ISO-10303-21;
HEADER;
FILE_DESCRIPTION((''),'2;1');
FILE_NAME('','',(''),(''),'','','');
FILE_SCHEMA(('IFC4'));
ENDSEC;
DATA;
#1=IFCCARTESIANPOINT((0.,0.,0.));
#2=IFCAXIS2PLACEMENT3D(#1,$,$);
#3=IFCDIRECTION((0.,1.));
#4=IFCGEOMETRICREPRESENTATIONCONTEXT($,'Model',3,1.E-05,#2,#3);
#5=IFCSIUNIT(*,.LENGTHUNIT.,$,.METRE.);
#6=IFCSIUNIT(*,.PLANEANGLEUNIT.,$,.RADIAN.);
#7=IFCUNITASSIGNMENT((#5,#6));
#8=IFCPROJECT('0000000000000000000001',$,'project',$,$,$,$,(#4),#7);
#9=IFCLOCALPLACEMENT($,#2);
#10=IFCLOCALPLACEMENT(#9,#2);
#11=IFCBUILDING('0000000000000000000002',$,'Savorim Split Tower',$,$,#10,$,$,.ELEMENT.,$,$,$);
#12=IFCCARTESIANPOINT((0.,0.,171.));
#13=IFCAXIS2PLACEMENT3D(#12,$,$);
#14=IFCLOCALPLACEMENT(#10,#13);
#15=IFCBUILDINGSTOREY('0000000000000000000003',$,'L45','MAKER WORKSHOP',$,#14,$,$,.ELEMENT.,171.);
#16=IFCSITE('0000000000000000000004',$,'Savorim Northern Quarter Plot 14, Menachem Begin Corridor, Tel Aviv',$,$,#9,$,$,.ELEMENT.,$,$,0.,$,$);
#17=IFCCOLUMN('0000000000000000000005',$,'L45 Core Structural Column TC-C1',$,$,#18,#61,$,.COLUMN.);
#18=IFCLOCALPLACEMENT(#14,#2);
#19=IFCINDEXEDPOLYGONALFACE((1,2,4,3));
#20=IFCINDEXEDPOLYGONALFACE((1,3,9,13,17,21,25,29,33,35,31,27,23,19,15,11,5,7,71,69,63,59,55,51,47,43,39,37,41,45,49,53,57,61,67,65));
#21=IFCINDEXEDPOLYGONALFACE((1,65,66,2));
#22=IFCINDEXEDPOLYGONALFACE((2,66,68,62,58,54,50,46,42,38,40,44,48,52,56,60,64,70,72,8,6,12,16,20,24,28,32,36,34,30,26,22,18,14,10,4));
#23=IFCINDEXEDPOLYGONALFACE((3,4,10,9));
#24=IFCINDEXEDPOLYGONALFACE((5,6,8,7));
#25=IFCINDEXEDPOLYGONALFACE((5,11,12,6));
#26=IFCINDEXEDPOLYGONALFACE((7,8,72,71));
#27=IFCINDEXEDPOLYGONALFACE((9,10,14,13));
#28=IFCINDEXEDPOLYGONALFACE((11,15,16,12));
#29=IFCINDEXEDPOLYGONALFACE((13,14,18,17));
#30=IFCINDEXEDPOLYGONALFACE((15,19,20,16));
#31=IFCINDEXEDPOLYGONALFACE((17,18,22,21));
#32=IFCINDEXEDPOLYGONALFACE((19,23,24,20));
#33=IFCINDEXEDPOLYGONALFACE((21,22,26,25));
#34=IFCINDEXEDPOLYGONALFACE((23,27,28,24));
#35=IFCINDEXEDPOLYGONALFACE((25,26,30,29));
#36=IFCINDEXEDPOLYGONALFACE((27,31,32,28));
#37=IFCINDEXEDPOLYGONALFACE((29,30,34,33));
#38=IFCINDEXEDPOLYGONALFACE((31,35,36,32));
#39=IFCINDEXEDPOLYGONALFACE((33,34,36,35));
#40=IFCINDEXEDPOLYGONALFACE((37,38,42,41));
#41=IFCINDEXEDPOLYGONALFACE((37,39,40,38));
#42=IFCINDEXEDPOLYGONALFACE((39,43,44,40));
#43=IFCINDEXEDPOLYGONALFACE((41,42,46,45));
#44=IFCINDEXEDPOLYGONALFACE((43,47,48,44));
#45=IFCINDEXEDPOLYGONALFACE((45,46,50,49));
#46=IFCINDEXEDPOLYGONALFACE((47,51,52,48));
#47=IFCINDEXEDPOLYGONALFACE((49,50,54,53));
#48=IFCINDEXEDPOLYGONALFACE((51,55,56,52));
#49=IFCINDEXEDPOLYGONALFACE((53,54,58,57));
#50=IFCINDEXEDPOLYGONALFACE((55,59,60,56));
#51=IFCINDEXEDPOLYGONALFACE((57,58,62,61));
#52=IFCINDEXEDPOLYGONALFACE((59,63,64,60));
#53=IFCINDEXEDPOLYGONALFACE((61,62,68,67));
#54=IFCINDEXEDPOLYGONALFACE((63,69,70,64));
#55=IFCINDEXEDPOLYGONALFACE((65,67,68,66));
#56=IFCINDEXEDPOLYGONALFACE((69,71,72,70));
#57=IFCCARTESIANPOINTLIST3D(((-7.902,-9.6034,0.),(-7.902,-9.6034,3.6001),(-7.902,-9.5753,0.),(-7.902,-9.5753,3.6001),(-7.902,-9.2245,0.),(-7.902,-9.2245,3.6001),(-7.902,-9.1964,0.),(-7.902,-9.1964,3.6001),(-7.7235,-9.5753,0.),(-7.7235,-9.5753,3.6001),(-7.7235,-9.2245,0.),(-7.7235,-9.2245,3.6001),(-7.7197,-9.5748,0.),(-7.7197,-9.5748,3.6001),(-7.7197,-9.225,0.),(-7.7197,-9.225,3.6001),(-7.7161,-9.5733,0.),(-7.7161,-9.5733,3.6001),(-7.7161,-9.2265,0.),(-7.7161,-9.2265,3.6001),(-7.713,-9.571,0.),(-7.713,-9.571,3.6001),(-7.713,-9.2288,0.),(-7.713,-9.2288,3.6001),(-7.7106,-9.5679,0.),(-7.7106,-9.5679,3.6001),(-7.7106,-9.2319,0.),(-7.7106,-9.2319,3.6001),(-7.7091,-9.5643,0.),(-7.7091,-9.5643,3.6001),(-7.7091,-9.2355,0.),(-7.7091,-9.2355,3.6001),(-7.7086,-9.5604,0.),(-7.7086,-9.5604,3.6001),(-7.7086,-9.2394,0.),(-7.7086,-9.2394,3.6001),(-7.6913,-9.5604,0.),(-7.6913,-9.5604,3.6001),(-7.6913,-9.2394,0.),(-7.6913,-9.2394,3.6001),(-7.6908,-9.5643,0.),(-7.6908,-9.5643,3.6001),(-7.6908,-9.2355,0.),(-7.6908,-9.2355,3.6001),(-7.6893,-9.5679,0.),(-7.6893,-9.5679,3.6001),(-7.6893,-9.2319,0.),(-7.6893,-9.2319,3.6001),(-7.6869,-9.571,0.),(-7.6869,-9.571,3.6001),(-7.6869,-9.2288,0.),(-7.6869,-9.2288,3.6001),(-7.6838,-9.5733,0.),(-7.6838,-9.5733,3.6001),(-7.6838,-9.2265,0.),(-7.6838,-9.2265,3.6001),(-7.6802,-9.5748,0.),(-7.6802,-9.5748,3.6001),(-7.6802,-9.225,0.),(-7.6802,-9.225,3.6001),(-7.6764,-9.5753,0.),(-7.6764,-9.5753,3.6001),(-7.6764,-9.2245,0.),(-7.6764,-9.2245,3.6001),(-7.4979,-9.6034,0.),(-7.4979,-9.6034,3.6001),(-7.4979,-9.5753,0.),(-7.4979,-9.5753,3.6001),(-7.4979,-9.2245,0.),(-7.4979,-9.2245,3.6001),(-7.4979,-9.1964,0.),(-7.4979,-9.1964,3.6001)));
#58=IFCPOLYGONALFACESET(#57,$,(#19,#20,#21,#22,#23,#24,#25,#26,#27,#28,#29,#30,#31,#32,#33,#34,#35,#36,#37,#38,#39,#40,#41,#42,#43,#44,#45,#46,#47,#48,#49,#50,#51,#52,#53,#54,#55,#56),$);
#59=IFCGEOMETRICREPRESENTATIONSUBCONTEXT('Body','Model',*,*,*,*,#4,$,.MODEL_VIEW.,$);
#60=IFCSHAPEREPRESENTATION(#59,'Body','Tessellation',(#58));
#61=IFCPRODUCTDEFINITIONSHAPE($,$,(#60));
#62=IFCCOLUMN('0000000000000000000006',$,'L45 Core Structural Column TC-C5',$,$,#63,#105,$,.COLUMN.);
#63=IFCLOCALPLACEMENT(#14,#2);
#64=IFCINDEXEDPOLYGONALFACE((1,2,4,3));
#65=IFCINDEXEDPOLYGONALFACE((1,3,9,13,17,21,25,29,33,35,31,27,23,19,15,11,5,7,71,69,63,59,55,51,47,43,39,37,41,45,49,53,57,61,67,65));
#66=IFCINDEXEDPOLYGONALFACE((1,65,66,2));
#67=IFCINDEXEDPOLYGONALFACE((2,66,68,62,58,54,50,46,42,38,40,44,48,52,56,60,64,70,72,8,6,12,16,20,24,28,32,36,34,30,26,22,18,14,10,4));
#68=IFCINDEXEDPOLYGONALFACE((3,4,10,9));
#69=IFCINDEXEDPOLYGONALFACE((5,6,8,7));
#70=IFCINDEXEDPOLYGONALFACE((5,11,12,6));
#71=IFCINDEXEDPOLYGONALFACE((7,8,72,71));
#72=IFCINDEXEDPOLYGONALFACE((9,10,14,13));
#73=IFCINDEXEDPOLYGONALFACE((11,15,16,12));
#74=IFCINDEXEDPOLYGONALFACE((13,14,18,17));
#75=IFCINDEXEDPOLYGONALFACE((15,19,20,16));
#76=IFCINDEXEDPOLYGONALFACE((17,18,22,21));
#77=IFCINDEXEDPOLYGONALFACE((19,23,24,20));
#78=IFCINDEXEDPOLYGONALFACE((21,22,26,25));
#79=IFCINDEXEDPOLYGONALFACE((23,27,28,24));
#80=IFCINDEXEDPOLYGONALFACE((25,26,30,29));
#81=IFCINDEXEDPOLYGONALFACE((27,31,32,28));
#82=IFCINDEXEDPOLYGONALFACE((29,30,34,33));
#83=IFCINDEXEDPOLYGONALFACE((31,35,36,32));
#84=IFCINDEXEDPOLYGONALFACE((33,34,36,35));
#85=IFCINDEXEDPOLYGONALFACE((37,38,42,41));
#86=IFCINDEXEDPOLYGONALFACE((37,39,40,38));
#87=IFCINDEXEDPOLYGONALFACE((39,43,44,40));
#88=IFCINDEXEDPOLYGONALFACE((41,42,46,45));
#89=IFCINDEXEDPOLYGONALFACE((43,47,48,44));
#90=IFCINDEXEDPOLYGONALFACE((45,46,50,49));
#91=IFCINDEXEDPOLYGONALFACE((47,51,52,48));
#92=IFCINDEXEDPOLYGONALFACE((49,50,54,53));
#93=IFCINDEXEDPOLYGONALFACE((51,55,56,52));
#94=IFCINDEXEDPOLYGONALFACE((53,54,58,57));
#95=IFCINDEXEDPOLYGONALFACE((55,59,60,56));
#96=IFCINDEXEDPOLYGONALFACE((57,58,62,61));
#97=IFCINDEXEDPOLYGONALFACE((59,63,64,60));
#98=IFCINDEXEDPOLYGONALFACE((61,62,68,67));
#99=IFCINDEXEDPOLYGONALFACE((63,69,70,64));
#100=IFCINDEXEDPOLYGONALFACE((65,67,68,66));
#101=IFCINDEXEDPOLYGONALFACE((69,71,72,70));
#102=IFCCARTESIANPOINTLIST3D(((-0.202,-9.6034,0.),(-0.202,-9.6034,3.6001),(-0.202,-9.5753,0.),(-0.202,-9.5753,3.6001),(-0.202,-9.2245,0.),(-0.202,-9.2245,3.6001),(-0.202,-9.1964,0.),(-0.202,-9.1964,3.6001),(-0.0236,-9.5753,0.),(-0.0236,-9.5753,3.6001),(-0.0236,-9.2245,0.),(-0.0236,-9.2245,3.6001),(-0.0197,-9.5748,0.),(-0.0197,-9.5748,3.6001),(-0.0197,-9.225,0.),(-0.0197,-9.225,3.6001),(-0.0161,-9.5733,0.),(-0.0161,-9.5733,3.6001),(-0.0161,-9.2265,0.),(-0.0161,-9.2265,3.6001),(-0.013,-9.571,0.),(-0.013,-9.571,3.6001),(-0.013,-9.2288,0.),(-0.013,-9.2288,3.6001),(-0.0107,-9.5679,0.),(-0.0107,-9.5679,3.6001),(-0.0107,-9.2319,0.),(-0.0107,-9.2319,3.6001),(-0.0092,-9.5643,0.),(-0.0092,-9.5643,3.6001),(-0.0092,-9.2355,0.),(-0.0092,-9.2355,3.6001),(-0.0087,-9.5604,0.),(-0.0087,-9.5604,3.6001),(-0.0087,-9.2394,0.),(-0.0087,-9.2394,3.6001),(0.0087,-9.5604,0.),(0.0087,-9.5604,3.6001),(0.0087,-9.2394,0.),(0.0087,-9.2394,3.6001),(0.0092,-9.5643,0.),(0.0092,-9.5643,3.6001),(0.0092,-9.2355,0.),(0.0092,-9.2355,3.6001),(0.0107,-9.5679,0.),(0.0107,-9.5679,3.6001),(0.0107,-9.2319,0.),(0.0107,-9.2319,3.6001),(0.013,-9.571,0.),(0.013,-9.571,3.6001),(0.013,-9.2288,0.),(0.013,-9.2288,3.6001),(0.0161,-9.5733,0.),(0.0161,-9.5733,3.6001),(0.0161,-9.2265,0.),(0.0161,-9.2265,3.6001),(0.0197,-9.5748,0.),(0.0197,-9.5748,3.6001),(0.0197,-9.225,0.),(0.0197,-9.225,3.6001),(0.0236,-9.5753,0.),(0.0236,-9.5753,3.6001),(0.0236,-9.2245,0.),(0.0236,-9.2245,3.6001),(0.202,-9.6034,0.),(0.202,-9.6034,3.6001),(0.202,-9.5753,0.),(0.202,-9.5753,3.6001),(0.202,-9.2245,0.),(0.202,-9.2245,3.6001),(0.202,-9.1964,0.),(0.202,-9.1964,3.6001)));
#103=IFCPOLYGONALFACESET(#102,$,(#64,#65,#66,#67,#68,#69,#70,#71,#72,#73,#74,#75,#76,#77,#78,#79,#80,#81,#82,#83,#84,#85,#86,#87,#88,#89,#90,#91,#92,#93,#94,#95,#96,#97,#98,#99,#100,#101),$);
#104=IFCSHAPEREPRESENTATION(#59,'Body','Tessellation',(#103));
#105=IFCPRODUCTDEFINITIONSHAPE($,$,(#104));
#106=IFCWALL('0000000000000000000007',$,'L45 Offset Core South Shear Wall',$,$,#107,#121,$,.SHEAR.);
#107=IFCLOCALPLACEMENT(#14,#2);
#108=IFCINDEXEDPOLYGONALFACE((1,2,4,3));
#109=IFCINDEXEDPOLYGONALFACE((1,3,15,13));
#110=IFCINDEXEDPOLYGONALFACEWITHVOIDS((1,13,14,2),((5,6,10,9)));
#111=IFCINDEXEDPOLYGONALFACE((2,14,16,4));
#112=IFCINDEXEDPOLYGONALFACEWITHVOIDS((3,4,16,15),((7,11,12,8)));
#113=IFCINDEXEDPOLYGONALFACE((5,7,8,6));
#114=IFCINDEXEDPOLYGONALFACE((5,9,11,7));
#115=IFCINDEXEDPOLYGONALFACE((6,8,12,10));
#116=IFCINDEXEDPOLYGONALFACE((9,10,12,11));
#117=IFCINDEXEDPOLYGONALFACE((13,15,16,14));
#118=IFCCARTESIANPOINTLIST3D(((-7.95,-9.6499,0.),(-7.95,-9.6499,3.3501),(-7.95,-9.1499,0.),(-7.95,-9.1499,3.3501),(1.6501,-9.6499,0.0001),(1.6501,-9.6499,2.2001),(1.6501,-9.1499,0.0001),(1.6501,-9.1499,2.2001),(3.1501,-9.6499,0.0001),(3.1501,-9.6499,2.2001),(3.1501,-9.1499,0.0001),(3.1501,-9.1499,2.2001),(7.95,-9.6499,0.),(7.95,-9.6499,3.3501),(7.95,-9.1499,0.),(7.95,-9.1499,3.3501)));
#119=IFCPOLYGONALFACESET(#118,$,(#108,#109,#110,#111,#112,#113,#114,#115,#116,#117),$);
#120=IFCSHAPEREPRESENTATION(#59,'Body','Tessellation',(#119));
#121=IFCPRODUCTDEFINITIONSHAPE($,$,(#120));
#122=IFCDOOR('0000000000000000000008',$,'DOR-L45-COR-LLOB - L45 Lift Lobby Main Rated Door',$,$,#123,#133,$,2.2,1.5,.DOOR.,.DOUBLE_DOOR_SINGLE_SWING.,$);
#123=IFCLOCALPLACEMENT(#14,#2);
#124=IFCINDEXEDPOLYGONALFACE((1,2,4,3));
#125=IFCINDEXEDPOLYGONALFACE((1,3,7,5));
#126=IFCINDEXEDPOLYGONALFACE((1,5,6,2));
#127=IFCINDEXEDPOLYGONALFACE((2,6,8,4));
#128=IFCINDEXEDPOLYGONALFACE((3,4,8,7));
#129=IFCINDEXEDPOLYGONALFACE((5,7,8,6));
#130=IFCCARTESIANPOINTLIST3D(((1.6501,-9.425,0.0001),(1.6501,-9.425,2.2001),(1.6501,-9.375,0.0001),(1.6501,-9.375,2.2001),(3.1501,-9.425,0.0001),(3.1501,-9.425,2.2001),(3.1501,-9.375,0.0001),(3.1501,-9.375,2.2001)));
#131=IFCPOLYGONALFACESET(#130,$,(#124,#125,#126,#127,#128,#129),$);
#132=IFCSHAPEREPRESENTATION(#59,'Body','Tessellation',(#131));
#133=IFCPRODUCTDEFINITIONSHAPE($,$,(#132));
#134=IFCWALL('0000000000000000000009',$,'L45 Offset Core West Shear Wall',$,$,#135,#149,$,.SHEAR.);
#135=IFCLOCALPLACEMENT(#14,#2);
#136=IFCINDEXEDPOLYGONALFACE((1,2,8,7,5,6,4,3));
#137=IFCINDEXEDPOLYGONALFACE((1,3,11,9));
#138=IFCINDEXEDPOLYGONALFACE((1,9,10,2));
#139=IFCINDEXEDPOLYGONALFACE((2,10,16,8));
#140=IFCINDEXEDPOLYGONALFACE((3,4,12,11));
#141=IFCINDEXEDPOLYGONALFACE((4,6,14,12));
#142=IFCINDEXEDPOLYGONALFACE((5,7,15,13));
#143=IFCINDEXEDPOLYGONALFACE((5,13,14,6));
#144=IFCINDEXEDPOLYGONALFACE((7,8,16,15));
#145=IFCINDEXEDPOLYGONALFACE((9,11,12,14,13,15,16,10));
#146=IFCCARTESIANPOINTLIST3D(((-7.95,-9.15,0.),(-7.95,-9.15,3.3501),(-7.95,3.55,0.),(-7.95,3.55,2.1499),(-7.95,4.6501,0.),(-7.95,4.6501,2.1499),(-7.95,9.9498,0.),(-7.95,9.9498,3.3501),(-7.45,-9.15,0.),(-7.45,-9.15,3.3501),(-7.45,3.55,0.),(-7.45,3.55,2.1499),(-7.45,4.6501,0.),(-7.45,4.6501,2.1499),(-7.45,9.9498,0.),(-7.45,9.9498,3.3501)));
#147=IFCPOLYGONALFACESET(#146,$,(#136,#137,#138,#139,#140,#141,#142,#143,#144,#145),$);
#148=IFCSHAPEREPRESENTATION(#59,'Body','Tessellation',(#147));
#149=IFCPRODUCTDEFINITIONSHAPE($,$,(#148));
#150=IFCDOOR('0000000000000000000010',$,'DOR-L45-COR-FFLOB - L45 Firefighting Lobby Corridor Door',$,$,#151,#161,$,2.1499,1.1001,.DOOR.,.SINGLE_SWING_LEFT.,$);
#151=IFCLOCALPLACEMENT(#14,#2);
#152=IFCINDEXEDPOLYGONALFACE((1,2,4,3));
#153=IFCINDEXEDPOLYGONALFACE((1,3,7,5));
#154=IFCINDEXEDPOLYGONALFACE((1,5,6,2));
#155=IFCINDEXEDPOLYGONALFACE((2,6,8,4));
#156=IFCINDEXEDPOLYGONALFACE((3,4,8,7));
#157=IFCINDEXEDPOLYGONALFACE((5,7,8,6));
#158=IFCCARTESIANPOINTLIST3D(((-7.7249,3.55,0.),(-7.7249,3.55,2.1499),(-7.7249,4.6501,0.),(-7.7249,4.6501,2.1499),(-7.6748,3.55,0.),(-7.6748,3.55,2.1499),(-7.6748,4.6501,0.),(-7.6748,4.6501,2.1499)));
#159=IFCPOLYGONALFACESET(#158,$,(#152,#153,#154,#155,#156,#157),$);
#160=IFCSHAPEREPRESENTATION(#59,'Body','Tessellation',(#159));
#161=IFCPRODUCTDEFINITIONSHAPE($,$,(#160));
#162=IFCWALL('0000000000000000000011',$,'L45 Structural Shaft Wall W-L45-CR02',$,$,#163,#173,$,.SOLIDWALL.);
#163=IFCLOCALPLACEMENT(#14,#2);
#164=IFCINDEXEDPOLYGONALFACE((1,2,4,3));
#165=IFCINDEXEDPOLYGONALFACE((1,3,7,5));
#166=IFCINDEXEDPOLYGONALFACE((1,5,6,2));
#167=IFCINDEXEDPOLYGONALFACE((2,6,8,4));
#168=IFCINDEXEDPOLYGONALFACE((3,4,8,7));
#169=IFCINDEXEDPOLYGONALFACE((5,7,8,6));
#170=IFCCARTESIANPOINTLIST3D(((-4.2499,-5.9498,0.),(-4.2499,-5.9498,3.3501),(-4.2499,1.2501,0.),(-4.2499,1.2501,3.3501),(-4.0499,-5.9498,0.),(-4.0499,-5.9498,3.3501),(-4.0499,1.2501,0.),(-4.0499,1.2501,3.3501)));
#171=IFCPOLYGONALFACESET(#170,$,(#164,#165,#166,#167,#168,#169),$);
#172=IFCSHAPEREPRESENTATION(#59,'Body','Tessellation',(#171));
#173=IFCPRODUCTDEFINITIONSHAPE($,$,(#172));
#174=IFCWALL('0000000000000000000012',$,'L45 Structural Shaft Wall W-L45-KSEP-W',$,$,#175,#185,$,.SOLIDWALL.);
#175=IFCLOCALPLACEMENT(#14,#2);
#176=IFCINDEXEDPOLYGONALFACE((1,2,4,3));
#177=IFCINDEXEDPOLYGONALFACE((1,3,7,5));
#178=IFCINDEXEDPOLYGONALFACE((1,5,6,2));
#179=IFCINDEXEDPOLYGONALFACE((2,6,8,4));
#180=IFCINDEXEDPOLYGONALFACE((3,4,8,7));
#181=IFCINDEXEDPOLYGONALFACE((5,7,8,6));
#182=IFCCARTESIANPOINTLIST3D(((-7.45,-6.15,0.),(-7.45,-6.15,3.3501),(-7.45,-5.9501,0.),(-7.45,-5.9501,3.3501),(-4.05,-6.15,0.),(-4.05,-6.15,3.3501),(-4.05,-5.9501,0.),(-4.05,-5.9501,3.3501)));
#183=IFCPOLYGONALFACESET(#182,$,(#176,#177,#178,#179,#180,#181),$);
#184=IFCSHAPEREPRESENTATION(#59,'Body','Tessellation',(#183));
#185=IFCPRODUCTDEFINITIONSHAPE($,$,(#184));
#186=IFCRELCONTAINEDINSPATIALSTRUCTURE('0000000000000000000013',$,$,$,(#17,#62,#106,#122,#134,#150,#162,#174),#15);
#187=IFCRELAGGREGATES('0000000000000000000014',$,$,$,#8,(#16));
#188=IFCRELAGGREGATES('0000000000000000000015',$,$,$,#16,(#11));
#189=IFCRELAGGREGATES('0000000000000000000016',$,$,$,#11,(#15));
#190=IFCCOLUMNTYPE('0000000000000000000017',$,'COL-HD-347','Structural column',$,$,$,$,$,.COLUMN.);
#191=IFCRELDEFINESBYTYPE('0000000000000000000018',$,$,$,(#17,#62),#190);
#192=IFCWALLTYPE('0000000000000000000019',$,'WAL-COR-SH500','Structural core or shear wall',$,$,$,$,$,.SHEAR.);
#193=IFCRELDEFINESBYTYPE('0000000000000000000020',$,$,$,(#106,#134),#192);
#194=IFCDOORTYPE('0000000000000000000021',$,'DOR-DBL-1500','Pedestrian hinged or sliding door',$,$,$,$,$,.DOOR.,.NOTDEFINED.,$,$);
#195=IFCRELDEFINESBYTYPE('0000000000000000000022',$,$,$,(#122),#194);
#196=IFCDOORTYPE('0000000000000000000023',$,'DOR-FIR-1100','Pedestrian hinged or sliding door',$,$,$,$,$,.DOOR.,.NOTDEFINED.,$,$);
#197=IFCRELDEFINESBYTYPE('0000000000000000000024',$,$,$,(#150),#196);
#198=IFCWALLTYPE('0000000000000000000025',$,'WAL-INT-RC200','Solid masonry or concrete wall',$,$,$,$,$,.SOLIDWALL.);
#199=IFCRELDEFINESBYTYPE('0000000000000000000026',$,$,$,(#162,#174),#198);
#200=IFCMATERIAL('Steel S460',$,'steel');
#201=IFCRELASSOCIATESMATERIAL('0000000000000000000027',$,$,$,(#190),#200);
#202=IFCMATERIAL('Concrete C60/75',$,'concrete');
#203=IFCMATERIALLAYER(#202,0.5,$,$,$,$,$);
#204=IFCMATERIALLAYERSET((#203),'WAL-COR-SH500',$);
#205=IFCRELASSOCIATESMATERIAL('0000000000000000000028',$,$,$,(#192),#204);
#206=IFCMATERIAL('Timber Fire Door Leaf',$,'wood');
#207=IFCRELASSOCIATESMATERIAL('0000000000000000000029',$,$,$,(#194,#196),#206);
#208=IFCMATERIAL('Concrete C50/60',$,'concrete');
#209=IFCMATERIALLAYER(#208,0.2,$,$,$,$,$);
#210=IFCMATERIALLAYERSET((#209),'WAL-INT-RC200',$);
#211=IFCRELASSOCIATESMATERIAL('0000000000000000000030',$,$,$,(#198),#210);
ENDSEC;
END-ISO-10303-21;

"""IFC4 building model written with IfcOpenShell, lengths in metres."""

from ifc_helpers import new_model, si_unit, direction, frame, frame_2d, origin, origin_2d, place, context, subcontext, project, spatial, rectangle, i_section, extrude, material, layer, layer_set, material_profile, profile_set, type_object, element, fill, save


model = new_model("IFC4")

# Units and contexts
model_context = context("Model", 3, precision=1e-05, world=origin(), true_north=direction((0.0, 1.0)))
body_context = subcontext(model_context, "Body", "Model", "MODEL_VIEW")
ifc_project = project(units=[si_unit("LENGTHUNIT", "METRE"), si_unit("PLANEANGLEUNIT", "RADIAN")], contexts=[model_context])

# Site, building, storey
site_placement = place(None, origin())
site = spatial("IfcSite", under=ifc_project, at=site_placement, Name="Savorim Northern Quarter Plot 14, Menachem Begin Corridor, Tel Aviv", CompositionType="ELEMENT", RefElevation=0.0)
building_placement = place(site_placement, origin())
building = spatial("IfcBuilding", under=site, at=building_placement, Name="Savorim Split Tower", CompositionType="ELEMENT")
storey_placement = place(building_placement, frame((0.0, 0.0, 171.0)))
storey = spatial("IfcBuildingStorey", under=building, at=storey_placement, Name="L45", Description="MAKER WORKSHOP", CompositionType="ELEMENT", Elevation=171.0)

# Columns
ifc_material_1 = material(Name="Steel S460", Category="steel")
ifc_material_profile = material_profile(ifc_material_1, i_section(OverallWidth=0.4041, OverallDepth=0.407, WebThickness=0.0173, FlangeThickness=0.0281, FilletRadius=0.0149, at=origin_2d()), Name="HD 400x347")
ifc_profile_set = profile_set([ifc_material_profile], Name="Steel S460")
column_type = type_object("IfcColumnType", Name="COL-HD-347", Description="Structural column", PredefinedType="COLUMN", material=ifc_profile_set)
for number, where, z_axis, x_axis, name in (
    (1, (-7.7, -9.3999, 0.0), (0.0, 0.0, 1.0), (1.0, 0.0, 0.0), "L45 Core Structural Column TC-C1"),
    (2, (0.0, -9.3999, 0.0), (0.0, 0.0, 1.0), (1.0, 0.0, 0.0), "L45 Core Structural Column TC-C5"),
):
    element("IfcColumn", number, at=place(storey_placement, frame(where, z_axis=z_axis, x_axis=x_axis)), inside=storey, type_object=column_type, Name=name, PredefinedType="COLUMN", context=body_context, shape_type="SweptSolid", body=[
        extrude(i_section(OverallWidth=0.4041, OverallDepth=0.407, WebThickness=0.0173, FlangeThickness=0.0281, FilletRadius=0.0149, at=origin_2d()), origin(), (0.0, 0.0, 1.0), 3.6001),
    ])

# Walls, openings, doors
ifc_material_2 = material(Name="Concrete C60/75", Category="concrete")
ifc_layer_1 = layer(ifc_material_2, 0.5)
ifc_layer_set_1 = layer_set([ifc_layer_1], Name="WAL-COR-SH500")
wall_type_1 = type_object("IfcWallType", Name="WAL-COR-SH500", Description="Structural core or shear wall", PredefinedType="SHEAR", material=ifc_layer_set_1)
wall_1_placement = place(storey_placement, frame((-7.95, -9.3999, 0.0), z_axis=(0.0, 0.0, 1.0), x_axis=(1.0, 0.0, 0.0)))
wall_1 = element("IfcWall", 3, at=wall_1_placement, inside=storey, type_object=wall_type_1, Name="L45 Offset Core South Shear Wall", PredefinedType="SHEAR", context=body_context, shape_type="SweptSolid", body=[
    extrude(rectangle(XDim=15.8999, YDim=0.5, at=frame_2d((7.95, 0.0))), origin(), (0.0, 0.0, 1.0), 3.3501),
])
opening_1_placement = place(wall_1_placement, frame((9.6001, 0.0, 0.0)))
opening_1 = element("IfcOpeningElement", 4, at=opening_1_placement, cuts=wall_1, PredefinedType="OPENING", context=body_context, shape_type="SweptSolid", body=[
    extrude(rectangle(XDim=1.5, YDim=2.2, at=frame_2d((0.75, 1.1001))), frame((0.0, 0.26, 0.0), z_axis=(0.0, -1.0, 0.0), x_axis=(1.0, 0.0, 0.0)), (0.0, 0.0, 1.0), 0.52),
])
ifc_material_3 = material(Name="Timber Fire Door Leaf", Category="wood")
door_type_1 = type_object("IfcDoorType", Name="DOR-DBL-1500", Description="Pedestrian hinged or sliding door", OperationType="NOTDEFINED", PredefinedType="DOOR", material=ifc_material_3)
door_1_placement = place(opening_1_placement, origin())
door_1 = element("IfcDoor", 5, at=door_1_placement, inside=storey, type_object=door_type_1, Name="DOR-L45-COR-LLOB - L45 Lift Lobby Main Rated Door", OperationType="DOUBLE_DOOR_SINGLE_SWING", OverallHeight=2.2, OverallWidth=1.5, PredefinedType="DOOR", context=body_context, shape_type="SweptSolid", body=[
    extrude(rectangle(XDim=1.5, YDim=2.2, at=frame_2d((0.75, 1.1001))), frame((0.0, 0.0249, 0.0), z_axis=(0.0, -1.0, 0.0), x_axis=(1.0, 0.0, 0.0)), (0.0, 0.0, 1.0), 0.05),
])
fill(opening_1, door_1)
wall_2_placement = place(storey_placement, frame((-7.7, -9.1499, 0.0), z_axis=(0.0, 0.0, 1.0), x_axis=(0.0, 1.0, 0.0)))
wall_2 = element("IfcWall", 6, at=wall_2_placement, inside=storey, type_object=wall_type_1, Name="L45 Offset Core West Shear Wall", PredefinedType="SHEAR", context=body_context, shape_type="SweptSolid", body=[
    extrude(rectangle(XDim=19.0999, YDim=0.5, at=frame_2d((9.5498, 0.0))), origin(), (0.0, 0.0, 1.0), 3.3501),
])
opening_2_placement = place(wall_2_placement, frame((12.7, 0.0, 0.0)))
opening_2 = element("IfcOpeningElement", 7, at=opening_2_placement, cuts=wall_2, PredefinedType="OPENING", context=body_context, shape_type="SweptSolid", body=[
    extrude(rectangle(XDim=1.1001, YDim=2.1499, at=frame_2d((0.55, 1.075))), frame((0.0, 0.26, 0.0), z_axis=(0.0, -1.0, 0.0), x_axis=(1.0, 0.0, 0.0)), (0.0, 0.0, 1.0), 0.52),
])
door_type_2 = type_object("IfcDoorType", Name="DOR-FIR-1100", Description="Pedestrian hinged or sliding door", OperationType="NOTDEFINED", PredefinedType="DOOR", material=ifc_material_3)
door_2_placement = place(opening_2_placement, origin())
door_2 = element("IfcDoor", 8, at=door_2_placement, inside=storey, type_object=door_type_2, Name="DOR-L45-COR-FFLOB - L45 Firefighting Lobby Corridor Door", OperationType="SINGLE_SWING_LEFT", OverallHeight=2.1499, OverallWidth=1.1001, PredefinedType="DOOR", context=body_context, shape_type="SweptSolid", body=[
    extrude(rectangle(XDim=1.1001, YDim=2.1499, at=frame_2d((0.55, 1.075))), frame((0.0, 0.0249, 0.0), z_axis=(0.0, -1.0, 0.0), x_axis=(1.0, 0.0, 0.0)), (0.0, 0.0, 1.0), 0.05),
])
fill(opening_2, door_2)

# Wall
ifc_material_4 = material(Name="Concrete C50/60", Category="concrete")
ifc_layer_2 = layer(ifc_material_4, 0.2)
ifc_layer_set_2 = layer_set([ifc_layer_2], Name="WAL-INT-RC200")
wall_type_2 = type_object("IfcWallType", Name="WAL-INT-RC200", Description="Solid masonry or concrete wall", PredefinedType="SOLIDWALL", material=ifc_layer_set_2)
wall_3_placement = place(storey_placement, frame((-4.1499, -5.95, 0.0), z_axis=(0.0, 0.0, 1.0), x_axis=(0.0, 1.0, 0.0)))
element("IfcWall", 9, at=wall_3_placement, inside=storey, type_object=wall_type_2, Name="L45 Structural Shaft Wall W-L45-CR02", PredefinedType="SOLIDWALL", context=body_context, shape_type="SweptSolid", body=[
    extrude(rectangle(XDim=7.2, YDim=0.2, at=frame_2d((3.6001, 0.0))), origin(), (0.0, 0.0, 1.0), 3.3501),
])

# Wall
wall_4_placement = place(storey_placement, frame((-7.45, -6.05, 0.0), z_axis=(0.0, 0.0, 1.0), x_axis=(1.0, 0.0, 0.0)))
element("IfcWall", 10, at=wall_4_placement, inside=storey, type_object=wall_type_2, Name="L45 Structural Shaft Wall W-L45-KSEP-W", PredefinedType="SOLIDWALL", context=body_context, shape_type="SweptSolid", body=[
    extrude(rectangle(XDim=3.3999, YDim=0.2, at=frame_2d((1.7, 0.0))), origin(), (0.0, 0.0, 1.0), 3.3501),
])

save(model, "model.ifc")
